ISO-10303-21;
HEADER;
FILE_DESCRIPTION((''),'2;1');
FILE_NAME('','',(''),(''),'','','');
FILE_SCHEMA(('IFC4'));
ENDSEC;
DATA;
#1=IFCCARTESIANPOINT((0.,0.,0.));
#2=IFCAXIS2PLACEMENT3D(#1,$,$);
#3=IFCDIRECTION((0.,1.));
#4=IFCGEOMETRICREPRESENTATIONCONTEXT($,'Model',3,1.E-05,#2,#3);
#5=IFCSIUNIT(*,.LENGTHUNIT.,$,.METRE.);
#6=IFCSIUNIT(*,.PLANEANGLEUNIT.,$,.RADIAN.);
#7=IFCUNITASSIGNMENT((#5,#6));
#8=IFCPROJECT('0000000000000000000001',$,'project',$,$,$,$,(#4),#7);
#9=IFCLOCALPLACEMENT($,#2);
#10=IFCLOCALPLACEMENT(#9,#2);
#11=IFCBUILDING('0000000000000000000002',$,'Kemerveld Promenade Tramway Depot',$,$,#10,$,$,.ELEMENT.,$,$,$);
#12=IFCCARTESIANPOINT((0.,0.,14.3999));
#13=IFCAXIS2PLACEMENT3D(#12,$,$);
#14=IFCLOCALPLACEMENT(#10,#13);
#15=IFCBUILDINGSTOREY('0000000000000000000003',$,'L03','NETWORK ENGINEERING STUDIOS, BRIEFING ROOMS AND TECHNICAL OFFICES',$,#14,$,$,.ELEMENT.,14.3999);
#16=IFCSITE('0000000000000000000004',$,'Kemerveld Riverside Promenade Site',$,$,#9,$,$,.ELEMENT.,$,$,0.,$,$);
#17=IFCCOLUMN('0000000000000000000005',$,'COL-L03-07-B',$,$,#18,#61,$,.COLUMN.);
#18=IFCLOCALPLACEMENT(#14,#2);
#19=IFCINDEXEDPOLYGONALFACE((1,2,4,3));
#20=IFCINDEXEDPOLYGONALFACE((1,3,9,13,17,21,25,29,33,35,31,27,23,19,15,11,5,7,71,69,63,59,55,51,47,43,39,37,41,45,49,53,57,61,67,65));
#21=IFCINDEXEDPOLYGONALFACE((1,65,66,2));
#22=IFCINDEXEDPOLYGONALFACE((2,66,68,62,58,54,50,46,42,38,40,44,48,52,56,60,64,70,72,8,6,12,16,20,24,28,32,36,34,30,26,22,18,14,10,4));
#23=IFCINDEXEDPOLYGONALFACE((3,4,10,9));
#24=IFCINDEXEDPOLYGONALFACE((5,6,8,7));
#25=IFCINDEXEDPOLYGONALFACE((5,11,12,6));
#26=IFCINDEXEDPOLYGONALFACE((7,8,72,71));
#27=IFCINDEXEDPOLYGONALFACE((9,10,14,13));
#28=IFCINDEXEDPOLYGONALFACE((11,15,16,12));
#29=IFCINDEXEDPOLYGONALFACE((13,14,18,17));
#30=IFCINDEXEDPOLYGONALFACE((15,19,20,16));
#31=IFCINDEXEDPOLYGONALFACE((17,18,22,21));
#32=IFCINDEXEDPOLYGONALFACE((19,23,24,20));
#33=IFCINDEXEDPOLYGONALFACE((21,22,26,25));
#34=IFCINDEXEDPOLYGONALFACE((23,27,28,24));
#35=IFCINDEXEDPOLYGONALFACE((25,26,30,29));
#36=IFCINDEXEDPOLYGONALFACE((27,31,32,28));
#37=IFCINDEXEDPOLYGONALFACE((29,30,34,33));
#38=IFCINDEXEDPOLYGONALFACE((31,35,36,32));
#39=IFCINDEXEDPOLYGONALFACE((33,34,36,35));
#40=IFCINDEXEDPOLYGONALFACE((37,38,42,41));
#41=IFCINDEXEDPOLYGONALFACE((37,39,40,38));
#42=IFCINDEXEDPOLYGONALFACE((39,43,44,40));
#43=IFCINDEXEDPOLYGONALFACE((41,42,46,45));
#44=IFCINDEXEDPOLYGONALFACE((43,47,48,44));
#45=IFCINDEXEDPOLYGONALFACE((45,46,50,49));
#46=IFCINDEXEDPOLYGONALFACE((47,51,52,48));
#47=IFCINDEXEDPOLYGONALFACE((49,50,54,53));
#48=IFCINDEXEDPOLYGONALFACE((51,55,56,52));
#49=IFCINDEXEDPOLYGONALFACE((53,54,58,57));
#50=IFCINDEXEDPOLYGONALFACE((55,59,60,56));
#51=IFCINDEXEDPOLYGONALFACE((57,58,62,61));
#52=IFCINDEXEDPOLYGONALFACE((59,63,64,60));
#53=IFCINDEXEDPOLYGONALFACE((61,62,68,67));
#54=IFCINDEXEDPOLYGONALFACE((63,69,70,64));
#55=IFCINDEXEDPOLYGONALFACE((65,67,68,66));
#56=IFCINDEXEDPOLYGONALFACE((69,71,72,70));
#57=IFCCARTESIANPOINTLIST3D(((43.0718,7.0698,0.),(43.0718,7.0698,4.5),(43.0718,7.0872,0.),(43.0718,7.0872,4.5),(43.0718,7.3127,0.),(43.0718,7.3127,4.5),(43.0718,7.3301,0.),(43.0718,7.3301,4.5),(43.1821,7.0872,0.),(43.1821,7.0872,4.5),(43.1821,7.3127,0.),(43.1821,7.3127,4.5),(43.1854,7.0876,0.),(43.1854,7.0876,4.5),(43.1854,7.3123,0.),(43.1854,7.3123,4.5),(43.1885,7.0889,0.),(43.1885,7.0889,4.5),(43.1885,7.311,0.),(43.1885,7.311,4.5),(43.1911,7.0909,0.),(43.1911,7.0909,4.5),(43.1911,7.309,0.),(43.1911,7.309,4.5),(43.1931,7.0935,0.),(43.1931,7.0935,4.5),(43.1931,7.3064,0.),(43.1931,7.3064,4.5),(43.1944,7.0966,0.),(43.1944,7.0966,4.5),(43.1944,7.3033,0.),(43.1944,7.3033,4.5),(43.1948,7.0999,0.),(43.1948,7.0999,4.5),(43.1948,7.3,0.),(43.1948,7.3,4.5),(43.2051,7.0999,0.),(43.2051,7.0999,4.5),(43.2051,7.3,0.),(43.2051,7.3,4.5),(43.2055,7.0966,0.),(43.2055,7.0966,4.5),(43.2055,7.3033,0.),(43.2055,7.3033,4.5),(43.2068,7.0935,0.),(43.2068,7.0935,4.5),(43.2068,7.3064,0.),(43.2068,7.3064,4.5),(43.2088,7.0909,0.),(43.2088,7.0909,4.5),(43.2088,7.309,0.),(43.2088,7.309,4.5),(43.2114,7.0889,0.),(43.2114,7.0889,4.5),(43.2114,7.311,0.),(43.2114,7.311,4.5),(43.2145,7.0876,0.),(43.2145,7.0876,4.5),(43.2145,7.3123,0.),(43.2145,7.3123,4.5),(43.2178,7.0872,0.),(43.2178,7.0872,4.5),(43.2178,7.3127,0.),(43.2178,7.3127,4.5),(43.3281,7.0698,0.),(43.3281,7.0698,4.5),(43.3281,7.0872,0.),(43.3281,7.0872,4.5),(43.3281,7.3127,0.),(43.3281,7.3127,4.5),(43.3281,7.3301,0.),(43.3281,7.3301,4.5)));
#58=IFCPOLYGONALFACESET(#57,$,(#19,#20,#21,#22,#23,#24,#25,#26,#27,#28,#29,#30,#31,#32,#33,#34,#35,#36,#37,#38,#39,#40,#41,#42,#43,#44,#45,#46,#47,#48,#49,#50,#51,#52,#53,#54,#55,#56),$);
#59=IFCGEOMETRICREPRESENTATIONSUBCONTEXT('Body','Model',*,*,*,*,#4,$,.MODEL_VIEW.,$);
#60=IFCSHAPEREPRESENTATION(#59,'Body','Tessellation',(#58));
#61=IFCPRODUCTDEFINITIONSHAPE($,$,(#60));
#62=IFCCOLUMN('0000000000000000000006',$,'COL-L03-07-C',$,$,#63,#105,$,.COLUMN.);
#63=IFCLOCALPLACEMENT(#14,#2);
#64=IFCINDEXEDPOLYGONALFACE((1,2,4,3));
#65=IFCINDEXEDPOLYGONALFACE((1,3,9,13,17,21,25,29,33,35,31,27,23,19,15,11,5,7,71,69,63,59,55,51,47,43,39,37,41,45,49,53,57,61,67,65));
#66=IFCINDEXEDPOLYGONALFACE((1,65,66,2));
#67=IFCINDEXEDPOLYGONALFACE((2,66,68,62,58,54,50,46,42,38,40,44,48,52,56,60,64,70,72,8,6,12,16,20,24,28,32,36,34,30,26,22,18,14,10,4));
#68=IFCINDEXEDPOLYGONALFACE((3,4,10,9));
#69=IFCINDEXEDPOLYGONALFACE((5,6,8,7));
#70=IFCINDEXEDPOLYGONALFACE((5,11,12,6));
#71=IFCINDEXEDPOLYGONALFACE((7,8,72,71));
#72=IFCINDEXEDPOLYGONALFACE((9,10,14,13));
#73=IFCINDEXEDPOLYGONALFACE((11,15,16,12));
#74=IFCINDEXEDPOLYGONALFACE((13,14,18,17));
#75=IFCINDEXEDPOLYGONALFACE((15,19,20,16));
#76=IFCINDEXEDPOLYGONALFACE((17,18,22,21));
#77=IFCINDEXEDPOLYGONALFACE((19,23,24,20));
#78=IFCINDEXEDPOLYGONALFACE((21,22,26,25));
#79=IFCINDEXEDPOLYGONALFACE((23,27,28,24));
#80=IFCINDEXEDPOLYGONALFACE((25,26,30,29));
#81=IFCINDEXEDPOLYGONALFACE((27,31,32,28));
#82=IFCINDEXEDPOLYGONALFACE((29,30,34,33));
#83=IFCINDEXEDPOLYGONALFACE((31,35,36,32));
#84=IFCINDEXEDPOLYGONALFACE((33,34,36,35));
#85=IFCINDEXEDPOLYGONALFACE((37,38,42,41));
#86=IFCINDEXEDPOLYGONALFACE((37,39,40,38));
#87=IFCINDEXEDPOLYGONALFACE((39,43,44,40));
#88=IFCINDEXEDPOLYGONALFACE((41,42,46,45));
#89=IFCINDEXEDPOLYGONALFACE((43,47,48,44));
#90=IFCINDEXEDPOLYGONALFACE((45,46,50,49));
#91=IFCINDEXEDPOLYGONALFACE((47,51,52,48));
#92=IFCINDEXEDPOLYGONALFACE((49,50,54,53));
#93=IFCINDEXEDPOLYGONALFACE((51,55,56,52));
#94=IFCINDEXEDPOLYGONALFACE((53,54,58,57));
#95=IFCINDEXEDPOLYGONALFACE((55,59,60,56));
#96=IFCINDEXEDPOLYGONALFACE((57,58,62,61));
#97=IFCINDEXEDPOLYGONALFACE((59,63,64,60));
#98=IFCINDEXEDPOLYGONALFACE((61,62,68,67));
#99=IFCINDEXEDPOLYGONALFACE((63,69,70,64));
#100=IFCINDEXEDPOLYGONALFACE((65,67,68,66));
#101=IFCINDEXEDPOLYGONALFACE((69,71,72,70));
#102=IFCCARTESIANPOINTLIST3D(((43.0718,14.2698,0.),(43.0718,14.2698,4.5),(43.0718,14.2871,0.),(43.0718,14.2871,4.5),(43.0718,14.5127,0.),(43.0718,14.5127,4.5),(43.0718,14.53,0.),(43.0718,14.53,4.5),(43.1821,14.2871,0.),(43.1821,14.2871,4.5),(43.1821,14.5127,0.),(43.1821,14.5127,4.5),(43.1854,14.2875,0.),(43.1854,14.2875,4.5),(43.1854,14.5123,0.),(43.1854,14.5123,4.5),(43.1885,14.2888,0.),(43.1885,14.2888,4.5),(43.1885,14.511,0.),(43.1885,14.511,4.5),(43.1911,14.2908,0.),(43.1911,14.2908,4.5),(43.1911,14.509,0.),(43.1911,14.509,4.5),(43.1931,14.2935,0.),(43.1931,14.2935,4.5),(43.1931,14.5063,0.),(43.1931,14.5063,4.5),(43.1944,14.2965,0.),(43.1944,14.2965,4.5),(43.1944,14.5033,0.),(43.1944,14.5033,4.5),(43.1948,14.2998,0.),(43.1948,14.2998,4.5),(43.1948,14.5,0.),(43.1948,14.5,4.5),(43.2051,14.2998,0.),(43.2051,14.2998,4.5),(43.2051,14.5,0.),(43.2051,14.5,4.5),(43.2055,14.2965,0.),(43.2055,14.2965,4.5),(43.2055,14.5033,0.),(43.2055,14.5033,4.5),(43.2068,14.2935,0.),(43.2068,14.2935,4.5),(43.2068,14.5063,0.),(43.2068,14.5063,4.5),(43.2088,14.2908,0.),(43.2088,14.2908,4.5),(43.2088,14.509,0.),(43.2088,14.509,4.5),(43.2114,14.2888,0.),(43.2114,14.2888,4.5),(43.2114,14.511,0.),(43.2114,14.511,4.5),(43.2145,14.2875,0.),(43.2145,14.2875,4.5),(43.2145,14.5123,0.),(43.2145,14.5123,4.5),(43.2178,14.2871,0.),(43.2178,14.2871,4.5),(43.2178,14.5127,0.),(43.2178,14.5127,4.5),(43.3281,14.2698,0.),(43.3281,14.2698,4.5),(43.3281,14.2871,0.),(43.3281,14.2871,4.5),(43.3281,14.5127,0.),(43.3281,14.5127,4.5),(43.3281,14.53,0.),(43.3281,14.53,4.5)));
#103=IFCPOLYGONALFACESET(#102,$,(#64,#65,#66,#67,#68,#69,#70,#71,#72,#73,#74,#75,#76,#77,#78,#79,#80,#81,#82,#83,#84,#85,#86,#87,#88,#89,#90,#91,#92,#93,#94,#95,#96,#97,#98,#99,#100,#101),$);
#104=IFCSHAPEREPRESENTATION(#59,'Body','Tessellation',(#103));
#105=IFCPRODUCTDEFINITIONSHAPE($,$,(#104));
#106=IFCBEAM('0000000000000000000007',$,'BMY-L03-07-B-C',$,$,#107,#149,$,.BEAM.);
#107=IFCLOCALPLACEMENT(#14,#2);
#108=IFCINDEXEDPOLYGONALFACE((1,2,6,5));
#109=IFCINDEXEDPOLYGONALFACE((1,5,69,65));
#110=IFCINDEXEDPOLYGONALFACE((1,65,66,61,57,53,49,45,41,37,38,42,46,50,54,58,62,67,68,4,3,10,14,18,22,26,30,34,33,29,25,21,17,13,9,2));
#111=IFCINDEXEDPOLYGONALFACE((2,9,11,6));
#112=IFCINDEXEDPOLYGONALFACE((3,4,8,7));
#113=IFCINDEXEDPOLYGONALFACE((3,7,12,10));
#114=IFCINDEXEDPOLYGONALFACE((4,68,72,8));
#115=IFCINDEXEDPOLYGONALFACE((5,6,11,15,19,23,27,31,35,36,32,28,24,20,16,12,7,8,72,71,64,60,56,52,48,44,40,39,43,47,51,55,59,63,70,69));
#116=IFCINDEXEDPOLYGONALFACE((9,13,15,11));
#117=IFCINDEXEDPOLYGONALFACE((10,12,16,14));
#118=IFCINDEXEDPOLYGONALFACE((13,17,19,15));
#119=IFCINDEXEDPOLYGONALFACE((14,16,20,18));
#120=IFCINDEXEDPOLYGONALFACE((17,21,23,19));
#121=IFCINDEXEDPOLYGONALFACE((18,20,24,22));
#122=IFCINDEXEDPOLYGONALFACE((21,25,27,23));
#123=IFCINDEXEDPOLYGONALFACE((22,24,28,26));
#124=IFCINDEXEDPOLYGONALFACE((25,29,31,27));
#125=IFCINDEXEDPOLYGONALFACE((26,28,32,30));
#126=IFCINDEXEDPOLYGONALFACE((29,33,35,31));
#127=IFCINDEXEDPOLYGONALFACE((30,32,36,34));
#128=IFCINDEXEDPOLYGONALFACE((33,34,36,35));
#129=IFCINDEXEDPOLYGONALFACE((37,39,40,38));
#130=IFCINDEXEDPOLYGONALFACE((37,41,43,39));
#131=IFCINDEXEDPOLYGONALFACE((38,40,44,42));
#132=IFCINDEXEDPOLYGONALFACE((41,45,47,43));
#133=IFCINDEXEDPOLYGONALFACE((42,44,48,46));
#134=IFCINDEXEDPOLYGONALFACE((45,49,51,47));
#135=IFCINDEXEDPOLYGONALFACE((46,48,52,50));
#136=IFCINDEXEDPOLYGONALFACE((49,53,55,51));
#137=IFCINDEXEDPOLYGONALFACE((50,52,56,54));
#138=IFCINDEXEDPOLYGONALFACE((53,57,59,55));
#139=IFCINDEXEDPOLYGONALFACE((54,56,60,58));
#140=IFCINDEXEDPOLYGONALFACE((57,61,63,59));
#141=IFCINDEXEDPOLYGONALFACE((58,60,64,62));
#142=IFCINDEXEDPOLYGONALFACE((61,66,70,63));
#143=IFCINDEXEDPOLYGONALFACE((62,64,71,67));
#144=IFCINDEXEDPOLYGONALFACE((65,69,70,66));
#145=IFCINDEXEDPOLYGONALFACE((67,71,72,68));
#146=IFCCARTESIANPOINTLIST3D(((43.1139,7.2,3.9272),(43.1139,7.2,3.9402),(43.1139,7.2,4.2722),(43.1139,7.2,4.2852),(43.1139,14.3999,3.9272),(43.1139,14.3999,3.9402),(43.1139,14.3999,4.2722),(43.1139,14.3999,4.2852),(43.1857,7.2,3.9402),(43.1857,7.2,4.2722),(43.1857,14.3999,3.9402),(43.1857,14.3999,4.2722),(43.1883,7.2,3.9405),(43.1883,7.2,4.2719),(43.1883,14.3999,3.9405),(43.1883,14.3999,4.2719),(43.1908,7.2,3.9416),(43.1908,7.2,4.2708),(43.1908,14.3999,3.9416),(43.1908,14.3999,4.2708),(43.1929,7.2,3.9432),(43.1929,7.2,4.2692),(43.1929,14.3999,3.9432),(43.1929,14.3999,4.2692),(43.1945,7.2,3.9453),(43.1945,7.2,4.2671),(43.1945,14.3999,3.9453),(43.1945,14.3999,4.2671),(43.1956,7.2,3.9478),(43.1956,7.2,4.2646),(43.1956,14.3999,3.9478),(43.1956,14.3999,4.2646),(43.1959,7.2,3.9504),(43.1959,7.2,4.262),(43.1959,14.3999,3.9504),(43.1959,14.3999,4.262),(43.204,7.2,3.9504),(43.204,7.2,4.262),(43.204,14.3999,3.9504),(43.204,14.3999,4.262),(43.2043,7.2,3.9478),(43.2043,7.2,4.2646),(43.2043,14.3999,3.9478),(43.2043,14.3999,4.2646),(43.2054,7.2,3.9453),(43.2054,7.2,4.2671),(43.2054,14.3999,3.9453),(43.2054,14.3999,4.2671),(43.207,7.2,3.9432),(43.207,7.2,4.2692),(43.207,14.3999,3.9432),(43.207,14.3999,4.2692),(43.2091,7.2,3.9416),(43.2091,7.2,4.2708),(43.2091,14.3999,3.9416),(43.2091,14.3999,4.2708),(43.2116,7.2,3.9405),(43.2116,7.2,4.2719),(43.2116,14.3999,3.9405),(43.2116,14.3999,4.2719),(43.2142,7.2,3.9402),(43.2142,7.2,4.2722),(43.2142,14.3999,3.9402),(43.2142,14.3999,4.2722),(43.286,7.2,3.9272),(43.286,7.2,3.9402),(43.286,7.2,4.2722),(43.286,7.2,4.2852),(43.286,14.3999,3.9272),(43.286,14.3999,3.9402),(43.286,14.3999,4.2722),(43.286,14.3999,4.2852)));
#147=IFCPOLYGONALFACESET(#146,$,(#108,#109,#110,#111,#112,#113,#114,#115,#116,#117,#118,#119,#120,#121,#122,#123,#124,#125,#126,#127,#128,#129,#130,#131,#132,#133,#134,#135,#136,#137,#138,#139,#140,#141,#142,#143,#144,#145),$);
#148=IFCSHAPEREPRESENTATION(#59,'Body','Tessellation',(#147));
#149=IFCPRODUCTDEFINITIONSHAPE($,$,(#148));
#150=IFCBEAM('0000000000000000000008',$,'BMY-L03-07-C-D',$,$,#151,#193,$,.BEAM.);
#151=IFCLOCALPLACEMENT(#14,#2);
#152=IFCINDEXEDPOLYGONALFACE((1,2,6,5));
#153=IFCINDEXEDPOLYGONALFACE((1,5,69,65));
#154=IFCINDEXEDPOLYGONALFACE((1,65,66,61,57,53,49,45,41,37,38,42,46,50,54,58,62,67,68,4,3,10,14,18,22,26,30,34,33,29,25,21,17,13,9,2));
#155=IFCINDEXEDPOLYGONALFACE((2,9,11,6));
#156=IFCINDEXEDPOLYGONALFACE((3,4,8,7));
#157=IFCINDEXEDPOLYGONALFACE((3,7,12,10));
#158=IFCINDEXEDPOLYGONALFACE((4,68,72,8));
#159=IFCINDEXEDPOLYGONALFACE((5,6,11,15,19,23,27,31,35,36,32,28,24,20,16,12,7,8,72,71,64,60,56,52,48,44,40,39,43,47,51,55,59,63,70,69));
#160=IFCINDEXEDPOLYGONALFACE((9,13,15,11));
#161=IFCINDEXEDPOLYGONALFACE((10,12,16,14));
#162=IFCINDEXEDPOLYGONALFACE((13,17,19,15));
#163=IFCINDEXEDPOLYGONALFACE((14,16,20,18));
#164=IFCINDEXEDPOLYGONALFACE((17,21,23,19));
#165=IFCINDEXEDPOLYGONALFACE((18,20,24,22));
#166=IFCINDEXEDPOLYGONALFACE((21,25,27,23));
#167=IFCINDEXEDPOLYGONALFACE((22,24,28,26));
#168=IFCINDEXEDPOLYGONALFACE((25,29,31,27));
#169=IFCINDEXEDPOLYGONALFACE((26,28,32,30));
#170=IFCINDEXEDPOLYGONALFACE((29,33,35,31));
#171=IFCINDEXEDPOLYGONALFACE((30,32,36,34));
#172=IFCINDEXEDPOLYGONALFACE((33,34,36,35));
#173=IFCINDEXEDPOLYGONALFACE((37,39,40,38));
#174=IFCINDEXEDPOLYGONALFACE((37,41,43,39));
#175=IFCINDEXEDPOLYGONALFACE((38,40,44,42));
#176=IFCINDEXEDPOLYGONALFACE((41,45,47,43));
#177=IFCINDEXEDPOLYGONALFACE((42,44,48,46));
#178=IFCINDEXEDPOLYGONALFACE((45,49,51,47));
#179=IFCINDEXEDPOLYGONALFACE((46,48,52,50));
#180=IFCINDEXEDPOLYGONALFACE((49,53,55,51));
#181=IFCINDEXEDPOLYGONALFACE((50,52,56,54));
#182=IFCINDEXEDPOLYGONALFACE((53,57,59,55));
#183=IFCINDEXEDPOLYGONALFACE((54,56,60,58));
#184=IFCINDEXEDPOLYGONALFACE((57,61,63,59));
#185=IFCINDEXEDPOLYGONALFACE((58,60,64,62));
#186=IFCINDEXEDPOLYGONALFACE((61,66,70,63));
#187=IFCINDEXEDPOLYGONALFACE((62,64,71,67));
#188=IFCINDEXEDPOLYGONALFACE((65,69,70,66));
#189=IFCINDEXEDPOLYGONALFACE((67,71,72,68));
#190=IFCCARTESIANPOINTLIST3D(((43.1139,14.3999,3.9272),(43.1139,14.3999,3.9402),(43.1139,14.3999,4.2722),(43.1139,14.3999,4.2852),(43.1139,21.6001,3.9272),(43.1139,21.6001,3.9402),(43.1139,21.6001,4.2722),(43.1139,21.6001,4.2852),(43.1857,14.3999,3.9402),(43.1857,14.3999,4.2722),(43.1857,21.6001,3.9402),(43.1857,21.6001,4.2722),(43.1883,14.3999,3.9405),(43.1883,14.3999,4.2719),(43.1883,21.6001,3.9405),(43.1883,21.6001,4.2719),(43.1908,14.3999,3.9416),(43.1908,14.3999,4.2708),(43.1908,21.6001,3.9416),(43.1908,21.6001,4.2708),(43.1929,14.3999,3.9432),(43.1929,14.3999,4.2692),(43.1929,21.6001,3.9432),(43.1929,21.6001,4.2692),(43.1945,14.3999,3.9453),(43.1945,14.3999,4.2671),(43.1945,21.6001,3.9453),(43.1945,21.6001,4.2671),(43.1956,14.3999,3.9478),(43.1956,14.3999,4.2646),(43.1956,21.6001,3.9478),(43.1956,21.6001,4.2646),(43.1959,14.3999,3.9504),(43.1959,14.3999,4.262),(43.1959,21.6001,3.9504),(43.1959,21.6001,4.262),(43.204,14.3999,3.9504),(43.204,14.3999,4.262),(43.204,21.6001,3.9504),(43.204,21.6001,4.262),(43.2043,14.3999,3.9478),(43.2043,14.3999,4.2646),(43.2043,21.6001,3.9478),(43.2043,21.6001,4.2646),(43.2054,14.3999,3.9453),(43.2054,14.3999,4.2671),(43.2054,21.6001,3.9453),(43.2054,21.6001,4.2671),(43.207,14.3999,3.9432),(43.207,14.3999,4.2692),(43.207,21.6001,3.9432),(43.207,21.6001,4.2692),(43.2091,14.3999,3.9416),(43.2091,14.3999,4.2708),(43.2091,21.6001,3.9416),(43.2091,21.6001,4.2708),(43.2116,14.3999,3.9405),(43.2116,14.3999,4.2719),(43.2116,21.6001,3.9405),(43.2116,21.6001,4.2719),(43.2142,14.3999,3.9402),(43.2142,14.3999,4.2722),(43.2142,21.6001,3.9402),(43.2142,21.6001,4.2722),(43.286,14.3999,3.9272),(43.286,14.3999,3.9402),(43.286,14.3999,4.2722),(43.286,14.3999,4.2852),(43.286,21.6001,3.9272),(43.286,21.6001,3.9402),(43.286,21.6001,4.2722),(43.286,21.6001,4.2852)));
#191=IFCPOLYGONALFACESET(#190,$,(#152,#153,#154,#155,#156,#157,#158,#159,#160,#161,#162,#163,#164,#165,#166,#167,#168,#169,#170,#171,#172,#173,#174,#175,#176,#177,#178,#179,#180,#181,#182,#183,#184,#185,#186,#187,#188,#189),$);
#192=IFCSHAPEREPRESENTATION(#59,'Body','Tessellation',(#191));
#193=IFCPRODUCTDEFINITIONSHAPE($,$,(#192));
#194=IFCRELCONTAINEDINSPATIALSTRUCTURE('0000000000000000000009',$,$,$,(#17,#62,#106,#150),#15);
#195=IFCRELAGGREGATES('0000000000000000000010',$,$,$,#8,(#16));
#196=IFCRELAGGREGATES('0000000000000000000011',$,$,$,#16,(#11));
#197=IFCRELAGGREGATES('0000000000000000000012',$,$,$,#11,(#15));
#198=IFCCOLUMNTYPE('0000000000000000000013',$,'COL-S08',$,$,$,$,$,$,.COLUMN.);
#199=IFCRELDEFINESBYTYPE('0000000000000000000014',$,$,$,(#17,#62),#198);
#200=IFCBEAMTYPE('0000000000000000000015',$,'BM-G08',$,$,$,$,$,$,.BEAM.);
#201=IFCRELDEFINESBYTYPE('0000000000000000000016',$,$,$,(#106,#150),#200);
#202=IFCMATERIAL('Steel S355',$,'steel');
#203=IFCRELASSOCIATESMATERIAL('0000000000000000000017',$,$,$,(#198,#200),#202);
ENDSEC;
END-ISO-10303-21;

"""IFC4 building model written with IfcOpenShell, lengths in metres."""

from ifc_helpers import new_model, si_unit, direction, frame, origin, origin_2d, place, context, subcontext, project, spatial, i_section, extrude, material, material_profile, profile_set, type_object, element, save


model = new_model("IFC4")

# Units and contexts
model_context = context("Model", 3, precision=1e-05, world=origin(), true_north=direction((0.0, 1.0)))
body_context = subcontext(model_context, "Body", "Model", "MODEL_VIEW")
ifc_project = project(units=[si_unit("LENGTHUNIT", "METRE"), si_unit("PLANEANGLEUNIT", "RADIAN")], contexts=[model_context])

# Site, building, storey
site_placement = place(None, origin())
site = spatial("IfcSite", under=ifc_project, at=site_placement, Name="Kemerveld Riverside Promenade Site", CompositionType="ELEMENT", RefElevation=0.0)
building_placement = place(site_placement, origin())
building = spatial("IfcBuilding", under=site, at=building_placement, Name="Kemerveld Promenade Tramway Depot", CompositionType="ELEMENT")
storey_placement = place(building_placement, frame((0.0, 0.0, 14.3999)))
storey = spatial("IfcBuildingStorey", under=building, at=storey_placement, Name="L03", Description="NETWORK ENGINEERING STUDIOS, BRIEFING ROOMS AND TECHNICAL OFFICES", CompositionType="ELEMENT", Elevation=14.3999)

# Columns
ifc_material_1 = material(Name="Steel S355", Category="steel")
ifc_material_profile_1 = material_profile(ifc_material_1, i_section(OverallWidth=0.2563, OverallDepth=0.2603, WebThickness=0.0103, FlangeThickness=0.0173, FilletRadius=0.0127, at=origin_2d()), Name="254x254x89 UC")
ifc_profile_set_1 = profile_set([ifc_material_profile_1], Name="Steel S355")
column_type = type_object("IfcColumnType", Name="COL-S08", PredefinedType="COLUMN", material=ifc_profile_set_1)
for number, where, z_axis, x_axis, name in (
    (1, (43.2, 7.2, 0.0), (0.0, 0.0, 1.0), (1.0, 0.0, 0.0), "COL-L03-07-B"),
    (2, (43.2, 14.3999, 0.0), (0.0, 0.0, 1.0), (1.0, 0.0, 0.0), "COL-L03-07-C"),
):
    element("IfcColumn", number, at=place(storey_placement, frame(where, z_axis=z_axis, x_axis=x_axis)), inside=storey, type_object=column_type, Name=name, PredefinedType="COLUMN", context=body_context, shape_type="SweptSolid", body=[
        extrude(i_section(OverallWidth=0.2563, OverallDepth=0.2603, WebThickness=0.0103, FlangeThickness=0.0173, FilletRadius=0.0127, at=origin_2d()), origin(), (0.0, 0.0, 1.0), 4.5),
    ])

# Beams
ifc_material_profile_2 = material_profile(ifc_material_1, i_section(OverallWidth=0.1721, OverallDepth=0.3579, WebThickness=0.0081, FlangeThickness=0.0129, FilletRadius=0.0103, at=origin_2d()), Name="356x171x57 UB")
ifc_profile_set_2 = profile_set([ifc_material_profile_2], Name="Steel S355")
beam_type = type_object("IfcBeamType", Name="BM-G08", PredefinedType="BEAM", material=ifc_profile_set_2)
beam_1_placement = place(storey_placement, frame((43.2, 7.2, 4.1062), z_axis=(0.0, 1.0, 0.0), x_axis=(-1.0, 0.0, 0.0)))
element("IfcBeam", 3, at=beam_1_placement, inside=storey, type_object=beam_type, Name="BMY-L03-07-B-C", PredefinedType="BEAM", context=body_context, shape_type="SweptSolid", body=[
    extrude(i_section(OverallWidth=0.1721, OverallDepth=0.3579, WebThickness=0.0081, FlangeThickness=0.0129, FilletRadius=0.0103, at=origin_2d()), origin(), (0.0, 0.0, 1.0), 7.2),
])
beam_2_placement = place(storey_placement, frame((43.2, 14.3999, 4.1062), z_axis=(0.0, 1.0, 0.0), x_axis=(-1.0, 0.0, 0.0)))
element("IfcBeam", 4, at=beam_2_placement, inside=storey, type_object=beam_type, Name="BMY-L03-07-C-D", PredefinedType="BEAM", context=body_context, shape_type="SweptSolid", body=[
    extrude(i_section(OverallWidth=0.1721, OverallDepth=0.3579, WebThickness=0.0081, FlangeThickness=0.0129, FilletRadius=0.0103, at=origin_2d()), origin(), (0.0, 0.0, 1.0), 7.2002),
])

save(model, "model.ifc")
